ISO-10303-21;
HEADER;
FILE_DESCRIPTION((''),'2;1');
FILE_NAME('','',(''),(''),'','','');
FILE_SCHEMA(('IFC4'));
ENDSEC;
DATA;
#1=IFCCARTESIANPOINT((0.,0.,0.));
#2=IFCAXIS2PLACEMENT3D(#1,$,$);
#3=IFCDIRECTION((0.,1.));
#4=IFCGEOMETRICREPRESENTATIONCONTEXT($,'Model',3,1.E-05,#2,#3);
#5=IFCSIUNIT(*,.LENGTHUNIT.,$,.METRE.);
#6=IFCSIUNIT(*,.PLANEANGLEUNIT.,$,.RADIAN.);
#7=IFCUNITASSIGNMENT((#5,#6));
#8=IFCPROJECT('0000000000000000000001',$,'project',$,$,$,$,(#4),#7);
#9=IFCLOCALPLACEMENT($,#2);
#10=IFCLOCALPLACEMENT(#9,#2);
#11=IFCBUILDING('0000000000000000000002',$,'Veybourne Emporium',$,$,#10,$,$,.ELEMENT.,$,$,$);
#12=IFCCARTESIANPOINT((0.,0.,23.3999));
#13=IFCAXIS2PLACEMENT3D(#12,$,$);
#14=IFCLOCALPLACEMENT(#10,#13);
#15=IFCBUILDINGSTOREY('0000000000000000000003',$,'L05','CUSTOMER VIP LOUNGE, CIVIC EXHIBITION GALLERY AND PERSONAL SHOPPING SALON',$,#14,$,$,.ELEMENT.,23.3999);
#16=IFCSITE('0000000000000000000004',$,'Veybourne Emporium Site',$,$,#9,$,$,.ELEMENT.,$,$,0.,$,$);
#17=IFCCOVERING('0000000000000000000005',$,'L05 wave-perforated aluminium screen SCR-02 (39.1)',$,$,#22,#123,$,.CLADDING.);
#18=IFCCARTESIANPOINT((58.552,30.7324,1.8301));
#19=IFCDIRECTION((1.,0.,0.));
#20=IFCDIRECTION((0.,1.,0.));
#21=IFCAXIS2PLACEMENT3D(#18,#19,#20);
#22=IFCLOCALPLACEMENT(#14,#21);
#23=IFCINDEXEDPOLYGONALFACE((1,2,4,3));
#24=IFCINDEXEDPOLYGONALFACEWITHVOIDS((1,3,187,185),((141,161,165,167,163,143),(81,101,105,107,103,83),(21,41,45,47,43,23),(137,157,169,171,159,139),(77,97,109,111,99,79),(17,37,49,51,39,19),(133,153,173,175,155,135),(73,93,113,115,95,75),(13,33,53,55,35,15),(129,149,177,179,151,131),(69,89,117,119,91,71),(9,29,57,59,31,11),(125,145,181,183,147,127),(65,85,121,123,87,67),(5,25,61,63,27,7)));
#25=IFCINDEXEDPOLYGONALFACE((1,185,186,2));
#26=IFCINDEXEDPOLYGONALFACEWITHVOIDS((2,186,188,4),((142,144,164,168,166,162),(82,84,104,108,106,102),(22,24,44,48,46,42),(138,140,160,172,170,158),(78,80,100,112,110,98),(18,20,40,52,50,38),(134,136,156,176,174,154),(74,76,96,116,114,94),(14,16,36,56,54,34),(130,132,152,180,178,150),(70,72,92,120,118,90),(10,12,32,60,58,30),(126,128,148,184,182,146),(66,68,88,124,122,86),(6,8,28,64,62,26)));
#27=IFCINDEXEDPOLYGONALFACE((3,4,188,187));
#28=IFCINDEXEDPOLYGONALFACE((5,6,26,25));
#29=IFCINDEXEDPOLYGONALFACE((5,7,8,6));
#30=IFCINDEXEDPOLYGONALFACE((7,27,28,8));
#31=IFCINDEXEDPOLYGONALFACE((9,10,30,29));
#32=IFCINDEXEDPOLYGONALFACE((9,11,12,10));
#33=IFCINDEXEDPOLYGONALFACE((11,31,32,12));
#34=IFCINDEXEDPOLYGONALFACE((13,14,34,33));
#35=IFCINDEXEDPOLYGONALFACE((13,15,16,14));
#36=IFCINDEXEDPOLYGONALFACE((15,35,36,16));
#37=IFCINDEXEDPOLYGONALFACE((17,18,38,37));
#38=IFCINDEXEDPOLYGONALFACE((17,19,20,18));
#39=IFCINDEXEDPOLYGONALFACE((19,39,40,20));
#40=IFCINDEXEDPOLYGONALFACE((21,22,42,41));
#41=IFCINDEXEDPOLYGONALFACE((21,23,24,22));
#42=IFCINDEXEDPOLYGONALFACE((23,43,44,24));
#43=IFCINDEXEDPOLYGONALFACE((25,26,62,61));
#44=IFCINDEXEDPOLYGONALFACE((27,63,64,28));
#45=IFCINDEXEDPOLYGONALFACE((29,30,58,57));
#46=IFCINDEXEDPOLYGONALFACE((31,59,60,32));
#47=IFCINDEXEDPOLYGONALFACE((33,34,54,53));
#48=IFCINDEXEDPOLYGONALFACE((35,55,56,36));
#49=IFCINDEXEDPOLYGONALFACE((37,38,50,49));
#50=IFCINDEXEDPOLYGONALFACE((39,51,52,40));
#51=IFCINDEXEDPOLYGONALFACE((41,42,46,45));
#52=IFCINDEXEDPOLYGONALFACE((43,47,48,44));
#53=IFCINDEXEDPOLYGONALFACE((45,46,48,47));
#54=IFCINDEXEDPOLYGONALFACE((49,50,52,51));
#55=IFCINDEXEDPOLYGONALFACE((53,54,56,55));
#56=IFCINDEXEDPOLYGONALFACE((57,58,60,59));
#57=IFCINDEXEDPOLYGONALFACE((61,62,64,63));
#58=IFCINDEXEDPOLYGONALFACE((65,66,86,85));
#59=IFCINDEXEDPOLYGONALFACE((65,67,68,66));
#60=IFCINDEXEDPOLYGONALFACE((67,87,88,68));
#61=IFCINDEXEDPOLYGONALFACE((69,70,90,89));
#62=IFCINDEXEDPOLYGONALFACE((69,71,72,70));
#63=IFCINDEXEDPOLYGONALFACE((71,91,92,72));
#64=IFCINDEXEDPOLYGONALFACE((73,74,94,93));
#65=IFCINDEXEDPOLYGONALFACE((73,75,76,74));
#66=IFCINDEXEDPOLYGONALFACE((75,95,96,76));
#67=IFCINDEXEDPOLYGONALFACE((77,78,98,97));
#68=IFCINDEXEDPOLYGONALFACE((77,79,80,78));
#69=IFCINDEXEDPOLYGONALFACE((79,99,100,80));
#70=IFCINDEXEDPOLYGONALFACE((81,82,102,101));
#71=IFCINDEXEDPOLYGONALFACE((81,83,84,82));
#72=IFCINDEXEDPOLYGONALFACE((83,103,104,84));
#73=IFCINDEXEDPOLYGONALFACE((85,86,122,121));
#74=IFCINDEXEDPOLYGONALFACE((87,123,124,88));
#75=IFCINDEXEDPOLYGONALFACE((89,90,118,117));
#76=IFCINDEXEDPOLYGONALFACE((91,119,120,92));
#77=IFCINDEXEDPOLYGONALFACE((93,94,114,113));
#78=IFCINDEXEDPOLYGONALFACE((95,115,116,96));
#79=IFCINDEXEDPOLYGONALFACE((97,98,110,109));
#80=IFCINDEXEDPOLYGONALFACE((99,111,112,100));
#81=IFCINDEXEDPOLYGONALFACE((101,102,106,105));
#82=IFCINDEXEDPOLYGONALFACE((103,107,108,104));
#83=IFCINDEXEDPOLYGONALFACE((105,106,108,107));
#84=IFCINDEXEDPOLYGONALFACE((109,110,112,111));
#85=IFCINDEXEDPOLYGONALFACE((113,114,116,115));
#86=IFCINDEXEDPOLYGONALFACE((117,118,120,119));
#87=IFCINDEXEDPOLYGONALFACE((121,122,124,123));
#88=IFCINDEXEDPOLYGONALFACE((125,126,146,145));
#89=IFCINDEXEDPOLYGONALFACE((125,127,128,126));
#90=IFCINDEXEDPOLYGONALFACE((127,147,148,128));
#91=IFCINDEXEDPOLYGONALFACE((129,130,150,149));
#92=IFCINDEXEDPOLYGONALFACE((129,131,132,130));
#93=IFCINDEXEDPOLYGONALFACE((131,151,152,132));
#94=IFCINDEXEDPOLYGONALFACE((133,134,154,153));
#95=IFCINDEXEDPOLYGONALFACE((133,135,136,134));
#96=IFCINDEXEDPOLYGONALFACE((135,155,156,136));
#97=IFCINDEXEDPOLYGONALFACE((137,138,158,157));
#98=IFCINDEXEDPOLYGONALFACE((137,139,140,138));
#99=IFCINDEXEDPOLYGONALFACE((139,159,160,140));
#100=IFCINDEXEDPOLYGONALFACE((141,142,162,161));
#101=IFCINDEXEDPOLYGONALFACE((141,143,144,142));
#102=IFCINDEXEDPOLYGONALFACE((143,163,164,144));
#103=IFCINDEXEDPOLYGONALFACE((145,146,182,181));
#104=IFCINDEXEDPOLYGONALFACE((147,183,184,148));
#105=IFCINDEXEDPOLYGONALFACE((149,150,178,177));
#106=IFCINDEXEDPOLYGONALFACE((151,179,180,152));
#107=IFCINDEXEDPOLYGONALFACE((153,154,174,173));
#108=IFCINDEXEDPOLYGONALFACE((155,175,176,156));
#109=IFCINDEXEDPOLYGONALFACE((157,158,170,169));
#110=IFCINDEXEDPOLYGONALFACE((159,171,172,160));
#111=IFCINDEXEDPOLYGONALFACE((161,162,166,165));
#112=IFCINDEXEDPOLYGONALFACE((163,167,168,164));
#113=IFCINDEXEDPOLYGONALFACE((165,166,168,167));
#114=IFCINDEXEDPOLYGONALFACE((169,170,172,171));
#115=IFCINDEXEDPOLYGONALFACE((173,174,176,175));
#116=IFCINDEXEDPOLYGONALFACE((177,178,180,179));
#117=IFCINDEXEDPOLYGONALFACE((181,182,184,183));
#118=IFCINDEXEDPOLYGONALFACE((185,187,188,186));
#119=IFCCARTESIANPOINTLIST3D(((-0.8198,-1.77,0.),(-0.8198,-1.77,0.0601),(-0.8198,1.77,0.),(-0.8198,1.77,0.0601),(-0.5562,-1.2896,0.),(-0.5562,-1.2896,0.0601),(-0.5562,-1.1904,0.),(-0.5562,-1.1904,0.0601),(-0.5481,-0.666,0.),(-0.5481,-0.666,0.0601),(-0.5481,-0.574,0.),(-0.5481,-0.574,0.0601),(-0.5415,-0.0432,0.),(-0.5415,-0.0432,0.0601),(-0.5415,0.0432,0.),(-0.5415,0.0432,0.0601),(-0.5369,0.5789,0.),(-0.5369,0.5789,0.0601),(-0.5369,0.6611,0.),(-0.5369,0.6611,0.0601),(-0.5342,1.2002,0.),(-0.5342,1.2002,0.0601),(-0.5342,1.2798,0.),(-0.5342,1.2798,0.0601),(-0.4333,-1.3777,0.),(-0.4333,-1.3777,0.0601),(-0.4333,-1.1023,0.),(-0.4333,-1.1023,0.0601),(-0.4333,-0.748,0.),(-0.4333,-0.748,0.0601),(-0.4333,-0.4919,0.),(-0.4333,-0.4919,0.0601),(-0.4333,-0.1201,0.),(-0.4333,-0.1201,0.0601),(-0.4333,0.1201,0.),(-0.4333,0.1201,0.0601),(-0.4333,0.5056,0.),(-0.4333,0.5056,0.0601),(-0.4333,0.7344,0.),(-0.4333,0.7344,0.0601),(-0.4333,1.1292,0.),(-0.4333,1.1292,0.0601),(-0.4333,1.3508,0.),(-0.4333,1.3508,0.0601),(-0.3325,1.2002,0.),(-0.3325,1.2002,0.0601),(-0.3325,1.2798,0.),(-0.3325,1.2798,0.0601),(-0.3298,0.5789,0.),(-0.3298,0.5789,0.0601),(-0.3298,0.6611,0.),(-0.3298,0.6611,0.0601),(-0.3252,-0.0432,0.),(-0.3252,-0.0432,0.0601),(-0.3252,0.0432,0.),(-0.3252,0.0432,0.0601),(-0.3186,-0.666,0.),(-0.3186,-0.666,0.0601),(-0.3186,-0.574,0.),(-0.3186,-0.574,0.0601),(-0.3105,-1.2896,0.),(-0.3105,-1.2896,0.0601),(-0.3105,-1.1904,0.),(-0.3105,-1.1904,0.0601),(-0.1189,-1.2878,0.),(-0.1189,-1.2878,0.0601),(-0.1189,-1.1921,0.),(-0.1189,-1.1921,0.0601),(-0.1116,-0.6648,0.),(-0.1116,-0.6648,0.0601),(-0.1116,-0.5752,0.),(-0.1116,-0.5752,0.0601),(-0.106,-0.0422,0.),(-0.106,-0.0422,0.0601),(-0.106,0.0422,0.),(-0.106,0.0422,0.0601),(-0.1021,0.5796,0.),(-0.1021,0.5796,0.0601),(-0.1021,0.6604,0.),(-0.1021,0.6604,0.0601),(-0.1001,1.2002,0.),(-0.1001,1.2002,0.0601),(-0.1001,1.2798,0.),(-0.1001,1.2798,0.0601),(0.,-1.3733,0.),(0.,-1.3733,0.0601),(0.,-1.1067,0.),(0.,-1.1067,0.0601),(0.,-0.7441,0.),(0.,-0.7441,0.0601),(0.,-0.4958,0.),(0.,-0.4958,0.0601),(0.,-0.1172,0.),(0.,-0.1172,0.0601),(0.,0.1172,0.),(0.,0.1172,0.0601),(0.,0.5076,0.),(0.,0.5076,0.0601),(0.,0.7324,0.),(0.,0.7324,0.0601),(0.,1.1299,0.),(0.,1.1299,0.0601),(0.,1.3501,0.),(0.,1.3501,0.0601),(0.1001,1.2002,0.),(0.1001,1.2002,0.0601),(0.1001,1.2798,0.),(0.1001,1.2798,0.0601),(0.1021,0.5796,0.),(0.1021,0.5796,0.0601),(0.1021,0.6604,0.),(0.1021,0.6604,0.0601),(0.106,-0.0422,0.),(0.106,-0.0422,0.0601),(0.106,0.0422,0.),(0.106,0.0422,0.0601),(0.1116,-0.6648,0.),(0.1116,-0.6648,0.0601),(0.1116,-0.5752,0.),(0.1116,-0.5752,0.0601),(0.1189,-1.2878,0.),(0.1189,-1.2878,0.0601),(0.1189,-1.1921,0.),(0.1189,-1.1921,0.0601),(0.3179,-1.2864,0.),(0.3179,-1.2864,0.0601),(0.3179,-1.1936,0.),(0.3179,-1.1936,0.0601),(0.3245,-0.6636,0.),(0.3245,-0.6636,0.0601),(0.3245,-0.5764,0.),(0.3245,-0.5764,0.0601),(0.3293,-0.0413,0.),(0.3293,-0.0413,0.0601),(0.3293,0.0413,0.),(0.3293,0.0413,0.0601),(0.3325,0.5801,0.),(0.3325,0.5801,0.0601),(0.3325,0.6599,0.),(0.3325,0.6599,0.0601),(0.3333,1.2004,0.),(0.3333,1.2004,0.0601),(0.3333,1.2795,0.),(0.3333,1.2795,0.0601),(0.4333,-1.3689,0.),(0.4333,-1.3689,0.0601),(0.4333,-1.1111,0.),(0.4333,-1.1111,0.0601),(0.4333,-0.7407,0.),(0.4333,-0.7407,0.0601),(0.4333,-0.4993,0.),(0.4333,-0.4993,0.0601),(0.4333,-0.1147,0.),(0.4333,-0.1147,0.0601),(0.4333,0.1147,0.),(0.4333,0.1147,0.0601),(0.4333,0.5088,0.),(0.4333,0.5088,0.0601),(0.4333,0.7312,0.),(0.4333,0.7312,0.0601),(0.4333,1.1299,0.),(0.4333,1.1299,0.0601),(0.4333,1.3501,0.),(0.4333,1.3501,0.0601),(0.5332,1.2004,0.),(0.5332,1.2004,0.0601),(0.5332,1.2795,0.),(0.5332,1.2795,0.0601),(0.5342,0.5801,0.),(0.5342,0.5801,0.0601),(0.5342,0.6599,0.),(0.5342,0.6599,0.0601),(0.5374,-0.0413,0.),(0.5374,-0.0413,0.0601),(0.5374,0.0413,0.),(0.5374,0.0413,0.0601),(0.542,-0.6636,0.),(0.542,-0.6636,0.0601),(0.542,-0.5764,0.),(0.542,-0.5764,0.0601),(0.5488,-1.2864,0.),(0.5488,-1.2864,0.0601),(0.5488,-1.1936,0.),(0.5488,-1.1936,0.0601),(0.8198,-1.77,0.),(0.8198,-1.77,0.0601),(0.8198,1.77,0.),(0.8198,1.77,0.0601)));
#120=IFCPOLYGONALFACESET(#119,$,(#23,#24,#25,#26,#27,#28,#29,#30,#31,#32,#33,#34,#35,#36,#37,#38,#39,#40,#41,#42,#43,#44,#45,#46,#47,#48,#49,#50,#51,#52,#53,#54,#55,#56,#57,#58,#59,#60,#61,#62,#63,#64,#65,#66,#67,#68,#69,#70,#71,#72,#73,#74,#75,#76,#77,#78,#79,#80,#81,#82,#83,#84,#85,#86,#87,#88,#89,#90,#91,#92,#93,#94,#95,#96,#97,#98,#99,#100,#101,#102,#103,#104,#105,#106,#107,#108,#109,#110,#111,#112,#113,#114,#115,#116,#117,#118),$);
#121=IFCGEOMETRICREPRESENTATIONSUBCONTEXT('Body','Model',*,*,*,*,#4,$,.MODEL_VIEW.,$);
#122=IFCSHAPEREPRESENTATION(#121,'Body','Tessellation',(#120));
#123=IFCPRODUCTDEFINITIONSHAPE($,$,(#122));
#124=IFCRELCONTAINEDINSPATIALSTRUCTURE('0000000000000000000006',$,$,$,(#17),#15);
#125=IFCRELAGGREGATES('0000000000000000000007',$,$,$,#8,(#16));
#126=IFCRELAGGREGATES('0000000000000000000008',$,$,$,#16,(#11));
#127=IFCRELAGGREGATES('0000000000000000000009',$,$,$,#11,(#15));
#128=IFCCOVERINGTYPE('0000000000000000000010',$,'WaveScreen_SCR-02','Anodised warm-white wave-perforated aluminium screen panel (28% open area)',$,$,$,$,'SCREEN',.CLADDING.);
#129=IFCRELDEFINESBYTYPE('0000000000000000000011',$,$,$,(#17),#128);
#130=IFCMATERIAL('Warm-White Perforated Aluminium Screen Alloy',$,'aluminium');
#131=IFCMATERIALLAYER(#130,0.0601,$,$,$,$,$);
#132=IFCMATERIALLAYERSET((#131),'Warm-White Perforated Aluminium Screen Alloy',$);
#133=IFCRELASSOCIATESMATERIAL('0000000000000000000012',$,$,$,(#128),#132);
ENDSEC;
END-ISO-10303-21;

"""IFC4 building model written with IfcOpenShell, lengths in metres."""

from ifc_helpers import new_model, si_unit, direction, frame, origin, place, context, subcontext, project, spatial, polyline, outline, extrude, material, layer, layer_set, type_object, element, save


model = new_model("IFC4")

# Units and contexts
model_context = context("Model", 3, precision=1e-05, world=origin(), true_north=direction((0.0, 1.0)))
body_context = subcontext(model_context, "Body", "Model", "MODEL_VIEW")
ifc_project = project(units=[si_unit("LENGTHUNIT", "METRE"), si_unit("PLANEANGLEUNIT", "RADIAN")], contexts=[model_context])

# Site, building, storey
site_placement = place(None, origin())
site = spatial("IfcSite", under=ifc_project, at=site_placement, Name="Veybourne Emporium Site", CompositionType="ELEMENT", RefElevation=0.0)
building_placement = place(site_placement, origin())
building = spatial("IfcBuilding", under=site, at=building_placement, Name="Veybourne Emporium", CompositionType="ELEMENT")
storey_placement = place(building_placement, frame((0.0, 0.0, 23.3999)))
storey = spatial("IfcBuildingStorey", under=building, at=storey_placement, Name="L05", Description="CUSTOMER VIP LOUNGE, CIVIC EXHIBITION GALLERY AND PERSONAL SHOPPING SALON", CompositionType="ELEMENT", Elevation=23.3999)

# Covering
ifc_material_1 = material(Name="Warm-White Perforated Aluminium Screen Alloy", Category="aluminium")
ifc_layer_1 = layer(ifc_material_1, 0.0601)
ifc_layer_set_1 = layer_set([ifc_layer_1], Name="Warm-White Perforated Aluminium Screen Alloy")
covering_type_1 = type_object("IfcCoveringType", Name="WaveScreen_SCR-02", Description="Anodised warm-white wave-perforated aluminium screen panel (28% open area)", ElementType="SCREEN", PredefinedType="CLADDING", material=ifc_layer_set_1)
covering_1_placement = place(storey_placement, frame((58.552, 30.7324, 1.8301), z_axis=(1.0, 0.0, 0.0), x_axis=(0.0, 1.0, 0.0)))
element("IfcCovering", 1, at=covering_1_placement, inside=storey, type_object=covering_type_1, Name="L05 wave-perforated aluminium screen SCR-02 (39.1)", PredefinedType="CLADDING", context=body_context, shape_type="SweptSolid", body=[
    extrude(outline(polyline([(-0.8198, -1.77), (0.8198, -1.77), (0.8198, 1.77), (-0.8198, 1.77), (-0.8198, -1.77)]), holes=[polyline([(-0.4333, -1.1023), (-0.3105, -1.1904), (-0.3105, -1.2896), (-0.4333, -1.3777), (-0.5562, -1.2896), (-0.5562, -1.1904), (-0.4333, -1.1023)]), polyline([(-0.4333, -0.4919), (-0.3186, -0.574), (-0.3186, -0.666), (-0.4333, -0.748), (-0.5481, -0.666), (-0.5481, -0.574), (-0.4333, -0.4919)]), polyline([(-0.4333, 0.1201), (-0.3252, 0.0432), (-0.3252, -0.0432), (-0.4333, -0.1201), (-0.5415, -0.0432), (-0.5415, 0.0432), (-0.4333, 0.1201)]), polyline([(-0.4333, 0.7344), (-0.3298, 0.6611), (-0.3298, 0.5789), (-0.4333, 0.5056), (-0.5369, 0.5789), (-0.5369, 0.6611), (-0.4333, 0.7344)]), polyline([(-0.4333, 1.3508), (-0.3325, 1.2798), (-0.3325, 1.2002), (-0.4333, 1.1292), (-0.5342, 1.2002), (-0.5342, 1.2798), (-0.4333, 1.3508)]), polyline([(0.0, -1.1067), (0.1189, -1.1921), (0.1189, -1.2878), (0.0, -1.3733), (-0.1189, -1.2878), (-0.1189, -1.1921), (0.0, -1.1067)]), polyline([(0.0, -0.4958), (0.1116, -0.5752), (0.1116, -0.6648), (0.0, -0.7441), (-0.1116, -0.6648), (-0.1116, -0.5752), (0.0, -0.4958)]), polyline([(0.0, 0.1172), (0.106, 0.0422), (0.106, -0.0422), (0.0, -0.1172), (-0.106, -0.0422), (-0.106, 0.0422), (0.0, 0.1172)]), polyline([(0.0, 0.7324), (0.1021, 0.6604), (0.1021, 0.5796), (0.0, 0.5076), (-0.1021, 0.5796), (-0.1021, 0.6604), (0.0, 0.7324)]), polyline([(0.0, 1.3501), (0.1001, 1.2798), (0.1001, 1.2002), (0.0, 1.1299), (-0.1001, 1.2002), (-0.1001, 1.2798), (0.0, 1.3501)]), polyline([(0.4333, -1.1111), (0.5488, -1.1936), (0.5488, -1.2864), (0.4333, -1.3689), (0.3179, -1.2864), (0.3179, -1.1936), (0.4333, -1.1111)]), polyline([(0.4333, -0.4993), (0.542, -0.5764), (0.542, -0.6636), (0.4333, -0.7407), (0.3245, -0.6636), (0.3245, -0.5764), (0.4333, -0.4993)]), polyline([(0.4333, 0.1147), (0.5374, 0.0413), (0.5374, -0.0413), (0.4333, -0.1147), (0.3293, -0.0413), (0.3293, 0.0413), (0.4333, 0.1147)]), polyline([(0.4333, 0.7312), (0.5342, 0.6599), (0.5342, 0.5801), (0.4333, 0.5088), (0.3325, 0.5801), (0.3325, 0.6599), (0.4333, 0.7312)]), polyline([(0.4333, 1.3501), (0.5332, 1.2795), (0.5332, 1.2004), (0.4333, 1.1299), (0.3333, 1.2004), (0.3333, 1.2795), (0.4333, 1.3501)])]), origin(), (0.0, 0.0, 1.0), 0.0601),
])

save(model, "model.ifc")
